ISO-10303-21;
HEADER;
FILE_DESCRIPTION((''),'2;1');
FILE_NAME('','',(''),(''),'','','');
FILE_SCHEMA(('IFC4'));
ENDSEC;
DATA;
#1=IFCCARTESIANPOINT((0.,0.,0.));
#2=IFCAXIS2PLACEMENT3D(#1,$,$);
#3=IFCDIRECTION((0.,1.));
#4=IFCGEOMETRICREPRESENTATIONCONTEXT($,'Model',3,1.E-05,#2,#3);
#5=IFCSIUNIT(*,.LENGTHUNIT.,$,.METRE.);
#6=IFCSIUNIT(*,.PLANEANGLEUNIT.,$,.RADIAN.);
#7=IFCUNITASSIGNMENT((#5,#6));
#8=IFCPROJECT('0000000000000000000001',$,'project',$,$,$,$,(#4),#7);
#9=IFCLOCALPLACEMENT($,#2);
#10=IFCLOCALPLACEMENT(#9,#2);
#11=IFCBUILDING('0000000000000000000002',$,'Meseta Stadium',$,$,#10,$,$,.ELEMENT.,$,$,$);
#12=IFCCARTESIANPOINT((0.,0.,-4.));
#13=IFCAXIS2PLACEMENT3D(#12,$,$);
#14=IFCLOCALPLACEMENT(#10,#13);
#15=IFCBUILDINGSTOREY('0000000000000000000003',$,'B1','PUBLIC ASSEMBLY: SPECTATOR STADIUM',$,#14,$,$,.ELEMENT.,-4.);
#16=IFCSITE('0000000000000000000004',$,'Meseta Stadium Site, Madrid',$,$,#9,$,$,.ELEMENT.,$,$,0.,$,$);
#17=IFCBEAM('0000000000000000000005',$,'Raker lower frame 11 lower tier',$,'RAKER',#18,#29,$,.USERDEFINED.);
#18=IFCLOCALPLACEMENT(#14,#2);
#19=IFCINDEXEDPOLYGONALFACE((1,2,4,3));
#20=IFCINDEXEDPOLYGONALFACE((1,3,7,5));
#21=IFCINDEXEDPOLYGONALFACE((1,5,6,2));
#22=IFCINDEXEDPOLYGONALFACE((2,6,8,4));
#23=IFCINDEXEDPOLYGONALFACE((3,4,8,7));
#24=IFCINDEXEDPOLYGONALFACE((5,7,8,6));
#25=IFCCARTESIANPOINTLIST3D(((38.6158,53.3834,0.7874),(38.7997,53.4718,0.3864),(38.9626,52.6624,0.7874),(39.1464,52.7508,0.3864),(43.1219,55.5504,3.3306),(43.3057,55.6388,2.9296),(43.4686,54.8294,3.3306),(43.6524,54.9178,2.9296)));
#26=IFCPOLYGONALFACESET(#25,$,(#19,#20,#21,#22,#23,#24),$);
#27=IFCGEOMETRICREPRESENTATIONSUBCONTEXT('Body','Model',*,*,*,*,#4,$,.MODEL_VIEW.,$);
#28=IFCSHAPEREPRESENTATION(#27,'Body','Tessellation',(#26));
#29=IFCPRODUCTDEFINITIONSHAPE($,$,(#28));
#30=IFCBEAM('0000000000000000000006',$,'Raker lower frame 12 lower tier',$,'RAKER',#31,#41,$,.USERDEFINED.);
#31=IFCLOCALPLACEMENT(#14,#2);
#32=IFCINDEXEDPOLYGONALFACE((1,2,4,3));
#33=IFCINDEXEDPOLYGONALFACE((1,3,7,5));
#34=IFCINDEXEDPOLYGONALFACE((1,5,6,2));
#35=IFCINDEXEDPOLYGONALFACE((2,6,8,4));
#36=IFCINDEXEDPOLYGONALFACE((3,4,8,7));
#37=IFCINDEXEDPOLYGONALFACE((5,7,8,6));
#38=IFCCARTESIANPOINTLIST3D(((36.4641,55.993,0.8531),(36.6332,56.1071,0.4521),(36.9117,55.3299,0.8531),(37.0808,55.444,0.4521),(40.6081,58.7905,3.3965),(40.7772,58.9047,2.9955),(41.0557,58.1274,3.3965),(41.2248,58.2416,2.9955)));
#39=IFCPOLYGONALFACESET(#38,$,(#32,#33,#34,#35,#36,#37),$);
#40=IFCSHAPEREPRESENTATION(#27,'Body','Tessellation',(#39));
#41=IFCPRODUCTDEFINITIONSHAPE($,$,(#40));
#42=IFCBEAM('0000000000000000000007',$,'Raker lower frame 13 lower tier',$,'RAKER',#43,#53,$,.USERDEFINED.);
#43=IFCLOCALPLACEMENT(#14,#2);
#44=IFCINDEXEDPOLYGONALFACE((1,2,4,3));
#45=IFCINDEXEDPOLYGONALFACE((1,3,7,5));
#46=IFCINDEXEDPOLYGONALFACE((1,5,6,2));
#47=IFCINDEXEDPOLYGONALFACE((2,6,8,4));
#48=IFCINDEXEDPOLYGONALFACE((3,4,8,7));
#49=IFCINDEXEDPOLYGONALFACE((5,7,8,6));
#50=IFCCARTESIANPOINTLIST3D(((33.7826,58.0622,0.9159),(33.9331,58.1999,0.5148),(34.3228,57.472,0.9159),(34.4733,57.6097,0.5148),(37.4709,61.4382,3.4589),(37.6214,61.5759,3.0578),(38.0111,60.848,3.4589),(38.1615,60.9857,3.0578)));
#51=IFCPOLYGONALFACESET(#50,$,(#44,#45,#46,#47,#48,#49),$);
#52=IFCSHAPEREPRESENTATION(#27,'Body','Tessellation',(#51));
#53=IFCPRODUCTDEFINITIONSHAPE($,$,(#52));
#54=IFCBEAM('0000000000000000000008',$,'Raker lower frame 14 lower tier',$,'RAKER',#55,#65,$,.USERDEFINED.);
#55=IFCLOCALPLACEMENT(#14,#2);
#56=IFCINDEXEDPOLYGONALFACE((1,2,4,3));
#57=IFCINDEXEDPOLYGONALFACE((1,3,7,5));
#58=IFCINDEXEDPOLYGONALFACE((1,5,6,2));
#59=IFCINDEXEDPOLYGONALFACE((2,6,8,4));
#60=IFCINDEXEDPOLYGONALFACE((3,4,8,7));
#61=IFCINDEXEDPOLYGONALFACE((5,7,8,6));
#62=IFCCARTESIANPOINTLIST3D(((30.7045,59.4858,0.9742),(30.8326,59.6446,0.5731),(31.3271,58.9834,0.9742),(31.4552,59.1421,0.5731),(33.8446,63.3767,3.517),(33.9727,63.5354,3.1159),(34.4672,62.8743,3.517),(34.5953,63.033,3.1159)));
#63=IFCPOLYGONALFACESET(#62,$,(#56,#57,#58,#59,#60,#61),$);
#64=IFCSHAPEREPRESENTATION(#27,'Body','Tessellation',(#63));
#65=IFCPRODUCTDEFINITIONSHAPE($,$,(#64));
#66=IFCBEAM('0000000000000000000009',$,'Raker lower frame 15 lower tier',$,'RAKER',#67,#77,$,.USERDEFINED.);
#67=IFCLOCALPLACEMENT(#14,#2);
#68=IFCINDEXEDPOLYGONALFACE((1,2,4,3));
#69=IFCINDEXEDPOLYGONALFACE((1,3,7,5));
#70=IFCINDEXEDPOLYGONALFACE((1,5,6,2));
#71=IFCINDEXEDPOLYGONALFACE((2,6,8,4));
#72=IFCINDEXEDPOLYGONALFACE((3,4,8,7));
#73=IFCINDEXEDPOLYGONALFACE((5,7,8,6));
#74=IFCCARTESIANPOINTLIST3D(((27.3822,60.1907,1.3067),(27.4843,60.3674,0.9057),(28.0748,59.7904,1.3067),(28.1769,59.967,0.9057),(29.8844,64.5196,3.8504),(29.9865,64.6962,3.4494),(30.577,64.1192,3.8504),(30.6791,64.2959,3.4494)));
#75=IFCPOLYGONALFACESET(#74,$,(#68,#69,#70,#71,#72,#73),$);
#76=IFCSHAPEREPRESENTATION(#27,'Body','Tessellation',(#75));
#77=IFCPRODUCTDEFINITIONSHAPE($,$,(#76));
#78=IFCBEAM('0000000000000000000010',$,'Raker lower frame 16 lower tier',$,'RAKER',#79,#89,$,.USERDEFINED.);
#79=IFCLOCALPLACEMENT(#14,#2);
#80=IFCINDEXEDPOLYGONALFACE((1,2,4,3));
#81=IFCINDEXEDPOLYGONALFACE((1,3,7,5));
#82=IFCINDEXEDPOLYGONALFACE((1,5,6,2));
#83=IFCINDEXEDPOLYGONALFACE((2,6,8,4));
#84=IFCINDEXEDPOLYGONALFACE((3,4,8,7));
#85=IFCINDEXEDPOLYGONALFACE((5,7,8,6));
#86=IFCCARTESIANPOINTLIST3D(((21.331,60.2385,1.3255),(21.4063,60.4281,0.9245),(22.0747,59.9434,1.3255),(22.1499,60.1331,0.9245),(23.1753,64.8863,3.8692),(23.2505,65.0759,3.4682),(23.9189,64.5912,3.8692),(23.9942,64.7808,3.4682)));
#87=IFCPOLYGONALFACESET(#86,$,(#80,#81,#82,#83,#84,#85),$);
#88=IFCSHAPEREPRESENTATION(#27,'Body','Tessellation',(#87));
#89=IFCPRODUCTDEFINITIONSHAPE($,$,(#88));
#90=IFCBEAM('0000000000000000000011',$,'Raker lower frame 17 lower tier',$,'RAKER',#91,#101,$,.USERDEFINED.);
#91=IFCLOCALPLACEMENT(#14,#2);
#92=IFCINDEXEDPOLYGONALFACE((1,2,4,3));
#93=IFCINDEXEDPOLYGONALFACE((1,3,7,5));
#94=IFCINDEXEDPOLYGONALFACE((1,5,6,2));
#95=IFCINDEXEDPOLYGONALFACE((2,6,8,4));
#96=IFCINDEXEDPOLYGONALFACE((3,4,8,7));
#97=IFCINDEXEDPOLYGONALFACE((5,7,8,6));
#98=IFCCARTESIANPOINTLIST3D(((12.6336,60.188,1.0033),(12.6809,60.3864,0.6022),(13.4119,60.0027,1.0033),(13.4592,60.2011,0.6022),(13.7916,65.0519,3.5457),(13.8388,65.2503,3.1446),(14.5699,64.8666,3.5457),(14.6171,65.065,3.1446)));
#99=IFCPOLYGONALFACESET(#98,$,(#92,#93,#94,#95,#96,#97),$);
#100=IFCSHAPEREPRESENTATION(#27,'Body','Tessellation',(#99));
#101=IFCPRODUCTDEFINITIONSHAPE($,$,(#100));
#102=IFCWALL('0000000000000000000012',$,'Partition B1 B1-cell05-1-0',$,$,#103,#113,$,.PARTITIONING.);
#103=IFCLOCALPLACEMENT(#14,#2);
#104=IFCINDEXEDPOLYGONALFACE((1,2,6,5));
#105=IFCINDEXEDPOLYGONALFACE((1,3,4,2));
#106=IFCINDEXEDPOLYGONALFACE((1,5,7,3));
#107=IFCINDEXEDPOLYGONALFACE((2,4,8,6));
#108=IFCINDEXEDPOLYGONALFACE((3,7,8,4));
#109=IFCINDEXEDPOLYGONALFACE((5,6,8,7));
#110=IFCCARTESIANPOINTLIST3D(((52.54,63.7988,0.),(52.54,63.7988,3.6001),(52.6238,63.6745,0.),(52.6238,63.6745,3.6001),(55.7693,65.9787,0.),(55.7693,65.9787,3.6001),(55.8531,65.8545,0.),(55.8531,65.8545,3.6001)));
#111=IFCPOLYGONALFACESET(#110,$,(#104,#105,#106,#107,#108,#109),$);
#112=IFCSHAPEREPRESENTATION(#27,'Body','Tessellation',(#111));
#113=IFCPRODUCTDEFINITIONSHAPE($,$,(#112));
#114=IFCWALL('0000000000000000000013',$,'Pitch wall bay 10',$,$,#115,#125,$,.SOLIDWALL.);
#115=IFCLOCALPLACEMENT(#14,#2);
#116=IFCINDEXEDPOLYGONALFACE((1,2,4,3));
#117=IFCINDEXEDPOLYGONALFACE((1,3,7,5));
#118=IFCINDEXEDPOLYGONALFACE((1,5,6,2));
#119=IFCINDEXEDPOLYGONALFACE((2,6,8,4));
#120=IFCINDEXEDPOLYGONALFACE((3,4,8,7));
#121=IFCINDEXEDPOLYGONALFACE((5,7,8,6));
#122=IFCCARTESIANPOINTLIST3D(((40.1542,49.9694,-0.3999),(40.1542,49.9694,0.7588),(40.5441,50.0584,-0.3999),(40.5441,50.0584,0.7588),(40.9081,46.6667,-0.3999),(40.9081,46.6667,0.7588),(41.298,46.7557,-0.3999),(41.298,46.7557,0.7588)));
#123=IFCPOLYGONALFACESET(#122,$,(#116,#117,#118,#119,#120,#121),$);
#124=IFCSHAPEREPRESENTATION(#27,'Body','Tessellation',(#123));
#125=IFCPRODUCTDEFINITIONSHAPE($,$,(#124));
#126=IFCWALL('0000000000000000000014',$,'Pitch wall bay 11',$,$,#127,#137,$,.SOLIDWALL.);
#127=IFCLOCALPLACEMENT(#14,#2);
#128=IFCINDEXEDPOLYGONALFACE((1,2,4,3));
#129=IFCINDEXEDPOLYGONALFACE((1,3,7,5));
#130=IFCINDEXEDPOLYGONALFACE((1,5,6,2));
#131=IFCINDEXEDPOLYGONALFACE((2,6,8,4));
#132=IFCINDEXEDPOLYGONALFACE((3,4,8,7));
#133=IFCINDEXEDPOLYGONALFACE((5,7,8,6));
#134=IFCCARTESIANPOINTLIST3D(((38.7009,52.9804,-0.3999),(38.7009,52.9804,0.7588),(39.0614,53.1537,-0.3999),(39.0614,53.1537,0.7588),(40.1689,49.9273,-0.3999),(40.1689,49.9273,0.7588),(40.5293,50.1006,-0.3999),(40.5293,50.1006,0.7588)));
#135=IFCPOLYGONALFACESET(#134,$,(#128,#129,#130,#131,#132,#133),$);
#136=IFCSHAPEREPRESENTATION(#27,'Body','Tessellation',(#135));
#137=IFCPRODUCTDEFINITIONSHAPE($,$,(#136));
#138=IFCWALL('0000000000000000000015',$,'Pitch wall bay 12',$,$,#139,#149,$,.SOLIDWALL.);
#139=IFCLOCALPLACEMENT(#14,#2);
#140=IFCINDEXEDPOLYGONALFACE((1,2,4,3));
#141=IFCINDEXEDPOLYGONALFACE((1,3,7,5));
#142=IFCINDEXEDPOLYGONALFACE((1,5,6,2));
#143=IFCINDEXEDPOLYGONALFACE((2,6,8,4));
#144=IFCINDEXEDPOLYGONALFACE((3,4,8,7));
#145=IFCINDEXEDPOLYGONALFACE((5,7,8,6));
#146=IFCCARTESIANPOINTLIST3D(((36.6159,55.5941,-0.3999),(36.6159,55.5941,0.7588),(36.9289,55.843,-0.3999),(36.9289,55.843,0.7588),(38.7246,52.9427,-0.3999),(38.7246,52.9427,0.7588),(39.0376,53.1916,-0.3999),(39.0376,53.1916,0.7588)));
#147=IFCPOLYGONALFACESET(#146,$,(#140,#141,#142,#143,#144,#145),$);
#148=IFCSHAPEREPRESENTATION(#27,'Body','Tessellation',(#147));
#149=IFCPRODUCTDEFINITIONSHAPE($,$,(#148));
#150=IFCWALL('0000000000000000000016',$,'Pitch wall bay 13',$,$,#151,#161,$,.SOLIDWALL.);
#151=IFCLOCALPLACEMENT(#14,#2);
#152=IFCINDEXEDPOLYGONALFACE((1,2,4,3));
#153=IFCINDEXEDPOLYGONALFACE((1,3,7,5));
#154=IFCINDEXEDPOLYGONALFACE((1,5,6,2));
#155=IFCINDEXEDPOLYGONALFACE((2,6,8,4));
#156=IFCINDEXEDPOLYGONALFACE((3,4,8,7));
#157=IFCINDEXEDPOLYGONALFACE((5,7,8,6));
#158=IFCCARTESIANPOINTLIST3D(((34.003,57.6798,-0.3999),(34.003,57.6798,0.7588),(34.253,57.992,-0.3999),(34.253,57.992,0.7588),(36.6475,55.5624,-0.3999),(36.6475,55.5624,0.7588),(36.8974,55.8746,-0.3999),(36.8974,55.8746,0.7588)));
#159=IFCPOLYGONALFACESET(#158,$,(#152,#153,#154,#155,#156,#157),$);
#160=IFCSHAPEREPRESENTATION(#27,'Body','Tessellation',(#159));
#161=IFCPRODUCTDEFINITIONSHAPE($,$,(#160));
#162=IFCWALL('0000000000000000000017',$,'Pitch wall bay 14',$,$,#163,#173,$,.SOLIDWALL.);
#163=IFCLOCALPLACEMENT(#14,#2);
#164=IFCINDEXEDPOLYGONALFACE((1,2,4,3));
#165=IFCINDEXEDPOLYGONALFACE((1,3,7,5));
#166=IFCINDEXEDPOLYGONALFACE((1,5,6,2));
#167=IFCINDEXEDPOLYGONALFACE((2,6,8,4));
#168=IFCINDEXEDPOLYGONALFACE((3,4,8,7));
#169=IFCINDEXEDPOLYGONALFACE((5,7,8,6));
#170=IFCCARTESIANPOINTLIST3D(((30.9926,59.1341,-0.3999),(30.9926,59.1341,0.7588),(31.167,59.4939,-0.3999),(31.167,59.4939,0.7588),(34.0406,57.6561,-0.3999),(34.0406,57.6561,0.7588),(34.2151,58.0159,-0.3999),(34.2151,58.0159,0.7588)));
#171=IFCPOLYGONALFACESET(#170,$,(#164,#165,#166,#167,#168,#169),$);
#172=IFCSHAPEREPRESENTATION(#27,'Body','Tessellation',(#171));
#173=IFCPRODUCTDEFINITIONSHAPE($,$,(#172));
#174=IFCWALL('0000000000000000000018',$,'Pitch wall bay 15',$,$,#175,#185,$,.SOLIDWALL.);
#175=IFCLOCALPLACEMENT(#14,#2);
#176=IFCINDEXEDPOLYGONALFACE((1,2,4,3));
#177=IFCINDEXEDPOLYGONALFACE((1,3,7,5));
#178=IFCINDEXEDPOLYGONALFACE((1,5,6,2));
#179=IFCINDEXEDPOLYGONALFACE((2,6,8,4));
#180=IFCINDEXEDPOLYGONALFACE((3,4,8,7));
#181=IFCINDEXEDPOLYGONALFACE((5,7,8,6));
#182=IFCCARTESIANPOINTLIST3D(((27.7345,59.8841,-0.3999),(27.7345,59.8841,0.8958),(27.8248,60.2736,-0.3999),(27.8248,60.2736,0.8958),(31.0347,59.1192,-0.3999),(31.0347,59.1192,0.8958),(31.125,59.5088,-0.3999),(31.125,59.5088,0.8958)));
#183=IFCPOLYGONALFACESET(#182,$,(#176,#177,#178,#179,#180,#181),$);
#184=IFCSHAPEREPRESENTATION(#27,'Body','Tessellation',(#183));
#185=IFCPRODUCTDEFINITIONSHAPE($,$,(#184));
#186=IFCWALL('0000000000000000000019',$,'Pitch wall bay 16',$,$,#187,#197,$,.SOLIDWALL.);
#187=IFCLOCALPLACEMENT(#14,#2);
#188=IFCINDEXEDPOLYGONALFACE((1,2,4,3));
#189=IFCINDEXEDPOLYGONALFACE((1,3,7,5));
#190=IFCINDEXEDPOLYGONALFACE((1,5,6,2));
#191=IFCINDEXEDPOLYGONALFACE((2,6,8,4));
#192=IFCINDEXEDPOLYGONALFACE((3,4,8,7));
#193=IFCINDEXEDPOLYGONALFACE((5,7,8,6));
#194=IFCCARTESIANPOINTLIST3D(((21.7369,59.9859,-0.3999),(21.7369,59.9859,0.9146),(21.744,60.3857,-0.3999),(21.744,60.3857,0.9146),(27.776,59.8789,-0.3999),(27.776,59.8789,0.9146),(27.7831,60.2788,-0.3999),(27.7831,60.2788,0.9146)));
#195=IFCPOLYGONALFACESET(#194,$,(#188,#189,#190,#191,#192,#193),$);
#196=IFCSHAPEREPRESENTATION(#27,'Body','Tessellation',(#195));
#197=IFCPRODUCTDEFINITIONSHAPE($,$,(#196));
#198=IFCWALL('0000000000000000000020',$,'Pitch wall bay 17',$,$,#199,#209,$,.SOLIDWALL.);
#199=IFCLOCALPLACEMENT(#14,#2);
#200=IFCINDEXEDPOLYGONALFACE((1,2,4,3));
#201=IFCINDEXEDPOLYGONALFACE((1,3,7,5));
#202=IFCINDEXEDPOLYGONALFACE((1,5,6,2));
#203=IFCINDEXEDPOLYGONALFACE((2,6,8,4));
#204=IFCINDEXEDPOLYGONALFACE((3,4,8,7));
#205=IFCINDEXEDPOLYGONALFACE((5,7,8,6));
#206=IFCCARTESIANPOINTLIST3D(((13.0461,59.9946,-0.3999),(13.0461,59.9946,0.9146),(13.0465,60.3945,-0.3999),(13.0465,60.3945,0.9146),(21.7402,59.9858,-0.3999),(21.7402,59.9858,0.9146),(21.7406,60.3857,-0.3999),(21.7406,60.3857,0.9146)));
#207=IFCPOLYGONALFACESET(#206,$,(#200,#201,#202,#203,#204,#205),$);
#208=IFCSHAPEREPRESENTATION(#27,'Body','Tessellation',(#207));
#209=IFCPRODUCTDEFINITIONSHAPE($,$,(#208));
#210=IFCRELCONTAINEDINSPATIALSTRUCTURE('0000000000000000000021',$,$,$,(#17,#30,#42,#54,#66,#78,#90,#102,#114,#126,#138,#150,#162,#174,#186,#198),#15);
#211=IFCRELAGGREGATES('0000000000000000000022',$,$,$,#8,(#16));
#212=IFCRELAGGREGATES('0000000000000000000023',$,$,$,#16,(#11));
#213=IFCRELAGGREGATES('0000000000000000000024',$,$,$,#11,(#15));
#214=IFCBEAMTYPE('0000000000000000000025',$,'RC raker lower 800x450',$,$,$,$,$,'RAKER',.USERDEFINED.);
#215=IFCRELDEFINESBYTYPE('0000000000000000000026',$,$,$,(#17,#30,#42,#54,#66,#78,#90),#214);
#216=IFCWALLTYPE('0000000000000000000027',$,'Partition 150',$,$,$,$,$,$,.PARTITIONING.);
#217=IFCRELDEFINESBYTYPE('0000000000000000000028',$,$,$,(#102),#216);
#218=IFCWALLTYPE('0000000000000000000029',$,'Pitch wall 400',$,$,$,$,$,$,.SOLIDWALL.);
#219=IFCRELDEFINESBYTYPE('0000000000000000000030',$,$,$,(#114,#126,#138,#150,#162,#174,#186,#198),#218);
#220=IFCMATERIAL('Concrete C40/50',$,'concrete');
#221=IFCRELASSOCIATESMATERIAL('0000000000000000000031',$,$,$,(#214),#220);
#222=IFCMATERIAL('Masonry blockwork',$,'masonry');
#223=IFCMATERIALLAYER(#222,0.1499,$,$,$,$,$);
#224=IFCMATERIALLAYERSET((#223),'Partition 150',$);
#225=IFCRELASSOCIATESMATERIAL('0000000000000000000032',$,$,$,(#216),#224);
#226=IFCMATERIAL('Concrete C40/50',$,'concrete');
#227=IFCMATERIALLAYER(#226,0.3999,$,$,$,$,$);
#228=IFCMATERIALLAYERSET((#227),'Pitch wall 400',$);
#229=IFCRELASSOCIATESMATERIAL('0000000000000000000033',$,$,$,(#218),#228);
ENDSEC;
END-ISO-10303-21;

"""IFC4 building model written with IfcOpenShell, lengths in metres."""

from ifc_helpers import new_model, si_unit, direction, frame, frame_2d, origin, origin_2d, place, context, subcontext, project, spatial, rectangle, extrude, material, layer, layer_set, material_profile, profile_set, type_object, element, save


model = new_model("IFC4")

# Units and contexts
model_context = context("Model", 3, precision=1e-05, world=origin(), true_north=direction((0.0, 1.0)))
body_context = subcontext(model_context, "Body", "Model", "MODEL_VIEW")
ifc_project = project(units=[si_unit("LENGTHUNIT", "METRE"), si_unit("PLANEANGLEUNIT", "RADIAN")], contexts=[model_context])

# Site, building, storey
site_placement = place(None, origin())
site = spatial("IfcSite", under=ifc_project, at=site_placement, Name="Meseta Stadium Site, Madrid", CompositionType="ELEMENT", RefElevation=0.0)
building_placement = place(site_placement, origin())
building = spatial("IfcBuilding", under=site, at=building_placement, Name="Meseta Stadium", CompositionType="ELEMENT")
storey_placement = place(building_placement, frame((0.0, 0.0, -4.0)))
storey = spatial("IfcBuildingStorey", under=building, at=storey_placement, Name="B1", Description="PUBLIC ASSEMBLY: SPECTATOR STADIUM", CompositionType="ELEMENT", Elevation=-4.0)

# Beams
ifc_material_1 = material(Name="Concrete C40/50", Category="concrete")
ifc_material_profile_1 = material_profile(ifc_material_1, rectangle(XDim=0.8, YDim=0.45, at=origin_2d()), Name="RC 800x450")
ifc_profile_set_1 = profile_set([ifc_material_profile_1], Name="Concrete C40/50")
beam_type = type_object("IfcBeamType", Name="RC raker lower 800x450", ElementType="RAKER", PredefinedType="USERDEFINED", material=ifc_profile_set_1)
for number, where, z_axis, x_axis, name in (
    (1, (38.8811, 53.0671, 0.5869), (0.80327, 0.386294, 0.45336), (-0.433391, 0.901206, 0.0), "Raker lower frame 11 lower tier"),
    (2, (36.7725, 55.7185, 0.6526), (0.738726, 0.498708, 0.453402), (-0.559525, 0.828814, 0.0), "Raker lower frame 12 lower tier"),
    (3, (34.1279, 57.8359, 0.7153), (0.657493, 0.601827, 0.453329), (-0.675192, 0.737642, 0.0), "Raker lower frame 13 lower tier"),
):
    element("IfcBeam", number, at=place(storey_placement, frame(where, z_axis=z_axis, x_axis=x_axis)), inside=storey, type_object=beam_type, Name=name, ObjectType="RAKER", PredefinedType="USERDEFINED", context=body_context, shape_type="SweptSolid", body=[
        extrude(rectangle(XDim=0.8, YDim=0.45, at=origin_2d()), origin(), (0.0, 0.0, 1.0), 5.6096),
    ])
beam_1_placement = place(storey_placement, frame((31.0798, 59.314, 0.7737), z_axis=(0.559804, 0.69364, 0.453301), x_axis=(-0.778184, 0.628036, 0.0)))
element("IfcBeam", 4, at=beam_1_placement, inside=storey, type_object=beam_type, Name="Raker lower frame 14 lower tier", ObjectType="RAKER", PredefinedType="USERDEFINED", context=body_context, shape_type="SweptSolid", body=[
    extrude(rectangle(XDim=0.8, YDim=0.45, at=origin_2d()), origin(), (0.0, 0.0, 1.0), 5.6094),
])
beam_2_placement = place(storey_placement, frame((27.7795, 60.0789, 1.1062), z_axis=(0.446036, 0.771653, 0.453435), x_axis=(-0.865772, 0.500439, 0.0)))
element("IfcBeam", 5, at=beam_2_placement, inside=storey, type_object=beam_type, Name="Raker lower frame 15 lower tier", ObjectType="RAKER", PredefinedType="USERDEFINED", context=body_context, shape_type="SweptSolid", body=[
    extrude(rectangle(XDim=0.8, YDim=0.45, at=origin_2d()), origin(), (0.0, 0.0, 1.0), 5.6099),
])
beam_3_placement = place(storey_placement, frame((21.7405, 60.1858, 1.125), z_axis=(0.328738, 0.828459, 0.453418), x_axis=(-0.929497, 0.36883, 0.0)))
element("IfcBeam", 6, at=beam_3_placement, inside=storey, type_object=beam_type, Name="Raker lower frame 16 lower tier", ObjectType="RAKER", PredefinedType="USERDEFINED", context=body_context, shape_type="SweptSolid", body=[
    extrude(rectangle(XDim=0.8, YDim=0.45, at=origin_2d()), origin(), (0.0, 0.0, 1.0), 5.6101),
])
beam_4_placement = place(storey_placement, frame((13.0464, 60.1946, 0.8027), z_axis=(0.206437, 0.867141, 0.453266), x_axis=(-0.972813, 0.231594, 0.0)))
element("IfcBeam", 7, at=beam_4_placement, inside=storey, type_object=beam_type, Name="Raker lower frame 17 lower tier", ObjectType="RAKER", PredefinedType="USERDEFINED", context=body_context, shape_type="SweptSolid", body=[
    extrude(rectangle(XDim=0.8, YDim=0.45, at=origin_2d()), origin(), (0.0, 0.0, 1.0), 5.6091),
])

# Walls
ifc_material_2 = material(Name="Masonry blockwork", Category="masonry")
ifc_layer_1 = layer(ifc_material_2, 0.1499)
ifc_layer_set_1 = layer_set([ifc_layer_1], Name="Partition 150")
wall_type_1 = type_object("IfcWallType", Name="Partition 150", PredefinedType="PARTITIONING", material=ifc_layer_set_1)
wall_1_placement = place(storey_placement, frame((52.5818, 63.7366, 0.0), z_axis=(0.0, 0.0, 1.0), x_axis=(0.828826, 0.559506, 0.0)))
element("IfcWall", 8, at=wall_1_placement, inside=storey, type_object=wall_type_1, Name="Partition B1 B1-cell05-1-0", PredefinedType="PARTITIONING", context=body_context, shape_type="SweptSolid", body=[
    extrude(rectangle(XDim=3.8962, YDim=0.1499, at=frame_2d((1.9482, 0.0))), origin(), (0.0, 0.0, 1.0), 3.6001),
])
ifc_material_3 = material(Name="Concrete C40/50", Category="concrete")
ifc_layer_2 = layer(ifc_material_3, 0.3999)
ifc_layer_set_2 = layer_set([ifc_layer_2], Name="Pitch wall 400")
wall_type_2 = type_object("IfcWallType", Name="Pitch wall 400", PredefinedType="SOLIDWALL", material=ifc_layer_set_2)
for number, where, z_axis, x_axis, name in (
    (9, (41.103, 46.7112, -0.3999), (0.0, 0.0, 1.0), (-0.222543, 0.974923, 0.0), "Pitch wall bay 10"),
    (10, (40.3491, 50.0139, -0.3999), (0.0, 0.0, 1.0), (-0.433324, 0.901238, 0.0), "Pitch wall bay 11"),
    (11, (38.8811, 53.0671, -0.3999), (0.0, 0.0, 1.0), (-0.622451, 0.782659, 0.0), "Pitch wall bay 12"),
    (12, (36.7725, 55.7185, -0.3999), (0.0, 0.0, 1.0), (-0.780609, 0.62502, 0.0), "Pitch wall bay 13"),
):
    element("IfcWall", number, at=place(storey_placement, frame(where, z_axis=z_axis, x_axis=x_axis)), inside=storey, type_object=wall_type_2, Name=name, PredefinedType="SOLIDWALL", context=body_context, shape_type="SweptSolid", body=[
        extrude(rectangle(XDim=3.3877, YDim=0.3999, at=frame_2d((1.6938, 0.0))), origin(), (0.0, 0.0, 1.0), 1.1587),
    ])
wall_2_placement = place(storey_placement, frame((34.1279, 57.8359, -0.3999), z_axis=(0.0, 0.0, 1.0), x_axis=(-0.899795, 0.436312, 0.0)))
element("IfcWall", 13, at=wall_2_placement, inside=storey, type_object=wall_type_2, Name="Pitch wall bay 14", PredefinedType="SOLIDWALL", context=body_context, shape_type="SweptSolid", body=[
    extrude(rectangle(XDim=3.3875, YDim=0.3999, at=frame_2d((1.6938, 0.0))), origin(), (0.0, 0.0, 1.0), 1.1587),
])
wall_3_placement = place(storey_placement, frame((31.0798, 59.314, -0.3999), z_axis=(0.0, 0.0, 1.0), x_axis=(-0.974178, 0.22578, 0.0)))
element("IfcWall", 14, at=wall_3_placement, inside=storey, type_object=wall_type_2, Name="Pitch wall bay 15", PredefinedType="SOLIDWALL", context=body_context, shape_type="SweptSolid", body=[
    extrude(rectangle(XDim=3.3877, YDim=0.3999, at=frame_2d((1.6938, 0.0))), origin(), (0.0, 0.0, 1.0), 1.2957),
])
wall_4_placement = place(storey_placement, frame((27.7795, 60.0789, -0.3999), z_axis=(0.0, 0.0, 1.0), x_axis=(-0.999843, 0.017704, 0.0)))
element("IfcWall", 15, at=wall_4_placement, inside=storey, type_object=wall_type_2, Name="Pitch wall bay 16", PredefinedType="SOLIDWALL", context=body_context, shape_type="SweptSolid", body=[
    extrude(rectangle(XDim=6.04, YDim=0.3999, at=frame_2d((3.02, 0.0))), origin(), (0.0, 0.0, 1.0), 1.3145),
])
wall_5_placement = place(storey_placement, frame((21.7405, 60.1858, -0.3999), z_axis=(0.0, 0.0, 1.0), x_axis=(-0.999999, 0.001011, 0.0)))
element("IfcWall", 16, at=wall_5_placement, inside=storey, type_object=wall_type_2, Name="Pitch wall bay 17", PredefinedType="SOLIDWALL", context=body_context, shape_type="SweptSolid", body=[
    extrude(rectangle(XDim=8.6941, YDim=0.3999, at=frame_2d((4.3472, 0.0))), origin(), (0.0, 0.0, 1.0), 1.3145),
])

save(model, "model.ifc")
